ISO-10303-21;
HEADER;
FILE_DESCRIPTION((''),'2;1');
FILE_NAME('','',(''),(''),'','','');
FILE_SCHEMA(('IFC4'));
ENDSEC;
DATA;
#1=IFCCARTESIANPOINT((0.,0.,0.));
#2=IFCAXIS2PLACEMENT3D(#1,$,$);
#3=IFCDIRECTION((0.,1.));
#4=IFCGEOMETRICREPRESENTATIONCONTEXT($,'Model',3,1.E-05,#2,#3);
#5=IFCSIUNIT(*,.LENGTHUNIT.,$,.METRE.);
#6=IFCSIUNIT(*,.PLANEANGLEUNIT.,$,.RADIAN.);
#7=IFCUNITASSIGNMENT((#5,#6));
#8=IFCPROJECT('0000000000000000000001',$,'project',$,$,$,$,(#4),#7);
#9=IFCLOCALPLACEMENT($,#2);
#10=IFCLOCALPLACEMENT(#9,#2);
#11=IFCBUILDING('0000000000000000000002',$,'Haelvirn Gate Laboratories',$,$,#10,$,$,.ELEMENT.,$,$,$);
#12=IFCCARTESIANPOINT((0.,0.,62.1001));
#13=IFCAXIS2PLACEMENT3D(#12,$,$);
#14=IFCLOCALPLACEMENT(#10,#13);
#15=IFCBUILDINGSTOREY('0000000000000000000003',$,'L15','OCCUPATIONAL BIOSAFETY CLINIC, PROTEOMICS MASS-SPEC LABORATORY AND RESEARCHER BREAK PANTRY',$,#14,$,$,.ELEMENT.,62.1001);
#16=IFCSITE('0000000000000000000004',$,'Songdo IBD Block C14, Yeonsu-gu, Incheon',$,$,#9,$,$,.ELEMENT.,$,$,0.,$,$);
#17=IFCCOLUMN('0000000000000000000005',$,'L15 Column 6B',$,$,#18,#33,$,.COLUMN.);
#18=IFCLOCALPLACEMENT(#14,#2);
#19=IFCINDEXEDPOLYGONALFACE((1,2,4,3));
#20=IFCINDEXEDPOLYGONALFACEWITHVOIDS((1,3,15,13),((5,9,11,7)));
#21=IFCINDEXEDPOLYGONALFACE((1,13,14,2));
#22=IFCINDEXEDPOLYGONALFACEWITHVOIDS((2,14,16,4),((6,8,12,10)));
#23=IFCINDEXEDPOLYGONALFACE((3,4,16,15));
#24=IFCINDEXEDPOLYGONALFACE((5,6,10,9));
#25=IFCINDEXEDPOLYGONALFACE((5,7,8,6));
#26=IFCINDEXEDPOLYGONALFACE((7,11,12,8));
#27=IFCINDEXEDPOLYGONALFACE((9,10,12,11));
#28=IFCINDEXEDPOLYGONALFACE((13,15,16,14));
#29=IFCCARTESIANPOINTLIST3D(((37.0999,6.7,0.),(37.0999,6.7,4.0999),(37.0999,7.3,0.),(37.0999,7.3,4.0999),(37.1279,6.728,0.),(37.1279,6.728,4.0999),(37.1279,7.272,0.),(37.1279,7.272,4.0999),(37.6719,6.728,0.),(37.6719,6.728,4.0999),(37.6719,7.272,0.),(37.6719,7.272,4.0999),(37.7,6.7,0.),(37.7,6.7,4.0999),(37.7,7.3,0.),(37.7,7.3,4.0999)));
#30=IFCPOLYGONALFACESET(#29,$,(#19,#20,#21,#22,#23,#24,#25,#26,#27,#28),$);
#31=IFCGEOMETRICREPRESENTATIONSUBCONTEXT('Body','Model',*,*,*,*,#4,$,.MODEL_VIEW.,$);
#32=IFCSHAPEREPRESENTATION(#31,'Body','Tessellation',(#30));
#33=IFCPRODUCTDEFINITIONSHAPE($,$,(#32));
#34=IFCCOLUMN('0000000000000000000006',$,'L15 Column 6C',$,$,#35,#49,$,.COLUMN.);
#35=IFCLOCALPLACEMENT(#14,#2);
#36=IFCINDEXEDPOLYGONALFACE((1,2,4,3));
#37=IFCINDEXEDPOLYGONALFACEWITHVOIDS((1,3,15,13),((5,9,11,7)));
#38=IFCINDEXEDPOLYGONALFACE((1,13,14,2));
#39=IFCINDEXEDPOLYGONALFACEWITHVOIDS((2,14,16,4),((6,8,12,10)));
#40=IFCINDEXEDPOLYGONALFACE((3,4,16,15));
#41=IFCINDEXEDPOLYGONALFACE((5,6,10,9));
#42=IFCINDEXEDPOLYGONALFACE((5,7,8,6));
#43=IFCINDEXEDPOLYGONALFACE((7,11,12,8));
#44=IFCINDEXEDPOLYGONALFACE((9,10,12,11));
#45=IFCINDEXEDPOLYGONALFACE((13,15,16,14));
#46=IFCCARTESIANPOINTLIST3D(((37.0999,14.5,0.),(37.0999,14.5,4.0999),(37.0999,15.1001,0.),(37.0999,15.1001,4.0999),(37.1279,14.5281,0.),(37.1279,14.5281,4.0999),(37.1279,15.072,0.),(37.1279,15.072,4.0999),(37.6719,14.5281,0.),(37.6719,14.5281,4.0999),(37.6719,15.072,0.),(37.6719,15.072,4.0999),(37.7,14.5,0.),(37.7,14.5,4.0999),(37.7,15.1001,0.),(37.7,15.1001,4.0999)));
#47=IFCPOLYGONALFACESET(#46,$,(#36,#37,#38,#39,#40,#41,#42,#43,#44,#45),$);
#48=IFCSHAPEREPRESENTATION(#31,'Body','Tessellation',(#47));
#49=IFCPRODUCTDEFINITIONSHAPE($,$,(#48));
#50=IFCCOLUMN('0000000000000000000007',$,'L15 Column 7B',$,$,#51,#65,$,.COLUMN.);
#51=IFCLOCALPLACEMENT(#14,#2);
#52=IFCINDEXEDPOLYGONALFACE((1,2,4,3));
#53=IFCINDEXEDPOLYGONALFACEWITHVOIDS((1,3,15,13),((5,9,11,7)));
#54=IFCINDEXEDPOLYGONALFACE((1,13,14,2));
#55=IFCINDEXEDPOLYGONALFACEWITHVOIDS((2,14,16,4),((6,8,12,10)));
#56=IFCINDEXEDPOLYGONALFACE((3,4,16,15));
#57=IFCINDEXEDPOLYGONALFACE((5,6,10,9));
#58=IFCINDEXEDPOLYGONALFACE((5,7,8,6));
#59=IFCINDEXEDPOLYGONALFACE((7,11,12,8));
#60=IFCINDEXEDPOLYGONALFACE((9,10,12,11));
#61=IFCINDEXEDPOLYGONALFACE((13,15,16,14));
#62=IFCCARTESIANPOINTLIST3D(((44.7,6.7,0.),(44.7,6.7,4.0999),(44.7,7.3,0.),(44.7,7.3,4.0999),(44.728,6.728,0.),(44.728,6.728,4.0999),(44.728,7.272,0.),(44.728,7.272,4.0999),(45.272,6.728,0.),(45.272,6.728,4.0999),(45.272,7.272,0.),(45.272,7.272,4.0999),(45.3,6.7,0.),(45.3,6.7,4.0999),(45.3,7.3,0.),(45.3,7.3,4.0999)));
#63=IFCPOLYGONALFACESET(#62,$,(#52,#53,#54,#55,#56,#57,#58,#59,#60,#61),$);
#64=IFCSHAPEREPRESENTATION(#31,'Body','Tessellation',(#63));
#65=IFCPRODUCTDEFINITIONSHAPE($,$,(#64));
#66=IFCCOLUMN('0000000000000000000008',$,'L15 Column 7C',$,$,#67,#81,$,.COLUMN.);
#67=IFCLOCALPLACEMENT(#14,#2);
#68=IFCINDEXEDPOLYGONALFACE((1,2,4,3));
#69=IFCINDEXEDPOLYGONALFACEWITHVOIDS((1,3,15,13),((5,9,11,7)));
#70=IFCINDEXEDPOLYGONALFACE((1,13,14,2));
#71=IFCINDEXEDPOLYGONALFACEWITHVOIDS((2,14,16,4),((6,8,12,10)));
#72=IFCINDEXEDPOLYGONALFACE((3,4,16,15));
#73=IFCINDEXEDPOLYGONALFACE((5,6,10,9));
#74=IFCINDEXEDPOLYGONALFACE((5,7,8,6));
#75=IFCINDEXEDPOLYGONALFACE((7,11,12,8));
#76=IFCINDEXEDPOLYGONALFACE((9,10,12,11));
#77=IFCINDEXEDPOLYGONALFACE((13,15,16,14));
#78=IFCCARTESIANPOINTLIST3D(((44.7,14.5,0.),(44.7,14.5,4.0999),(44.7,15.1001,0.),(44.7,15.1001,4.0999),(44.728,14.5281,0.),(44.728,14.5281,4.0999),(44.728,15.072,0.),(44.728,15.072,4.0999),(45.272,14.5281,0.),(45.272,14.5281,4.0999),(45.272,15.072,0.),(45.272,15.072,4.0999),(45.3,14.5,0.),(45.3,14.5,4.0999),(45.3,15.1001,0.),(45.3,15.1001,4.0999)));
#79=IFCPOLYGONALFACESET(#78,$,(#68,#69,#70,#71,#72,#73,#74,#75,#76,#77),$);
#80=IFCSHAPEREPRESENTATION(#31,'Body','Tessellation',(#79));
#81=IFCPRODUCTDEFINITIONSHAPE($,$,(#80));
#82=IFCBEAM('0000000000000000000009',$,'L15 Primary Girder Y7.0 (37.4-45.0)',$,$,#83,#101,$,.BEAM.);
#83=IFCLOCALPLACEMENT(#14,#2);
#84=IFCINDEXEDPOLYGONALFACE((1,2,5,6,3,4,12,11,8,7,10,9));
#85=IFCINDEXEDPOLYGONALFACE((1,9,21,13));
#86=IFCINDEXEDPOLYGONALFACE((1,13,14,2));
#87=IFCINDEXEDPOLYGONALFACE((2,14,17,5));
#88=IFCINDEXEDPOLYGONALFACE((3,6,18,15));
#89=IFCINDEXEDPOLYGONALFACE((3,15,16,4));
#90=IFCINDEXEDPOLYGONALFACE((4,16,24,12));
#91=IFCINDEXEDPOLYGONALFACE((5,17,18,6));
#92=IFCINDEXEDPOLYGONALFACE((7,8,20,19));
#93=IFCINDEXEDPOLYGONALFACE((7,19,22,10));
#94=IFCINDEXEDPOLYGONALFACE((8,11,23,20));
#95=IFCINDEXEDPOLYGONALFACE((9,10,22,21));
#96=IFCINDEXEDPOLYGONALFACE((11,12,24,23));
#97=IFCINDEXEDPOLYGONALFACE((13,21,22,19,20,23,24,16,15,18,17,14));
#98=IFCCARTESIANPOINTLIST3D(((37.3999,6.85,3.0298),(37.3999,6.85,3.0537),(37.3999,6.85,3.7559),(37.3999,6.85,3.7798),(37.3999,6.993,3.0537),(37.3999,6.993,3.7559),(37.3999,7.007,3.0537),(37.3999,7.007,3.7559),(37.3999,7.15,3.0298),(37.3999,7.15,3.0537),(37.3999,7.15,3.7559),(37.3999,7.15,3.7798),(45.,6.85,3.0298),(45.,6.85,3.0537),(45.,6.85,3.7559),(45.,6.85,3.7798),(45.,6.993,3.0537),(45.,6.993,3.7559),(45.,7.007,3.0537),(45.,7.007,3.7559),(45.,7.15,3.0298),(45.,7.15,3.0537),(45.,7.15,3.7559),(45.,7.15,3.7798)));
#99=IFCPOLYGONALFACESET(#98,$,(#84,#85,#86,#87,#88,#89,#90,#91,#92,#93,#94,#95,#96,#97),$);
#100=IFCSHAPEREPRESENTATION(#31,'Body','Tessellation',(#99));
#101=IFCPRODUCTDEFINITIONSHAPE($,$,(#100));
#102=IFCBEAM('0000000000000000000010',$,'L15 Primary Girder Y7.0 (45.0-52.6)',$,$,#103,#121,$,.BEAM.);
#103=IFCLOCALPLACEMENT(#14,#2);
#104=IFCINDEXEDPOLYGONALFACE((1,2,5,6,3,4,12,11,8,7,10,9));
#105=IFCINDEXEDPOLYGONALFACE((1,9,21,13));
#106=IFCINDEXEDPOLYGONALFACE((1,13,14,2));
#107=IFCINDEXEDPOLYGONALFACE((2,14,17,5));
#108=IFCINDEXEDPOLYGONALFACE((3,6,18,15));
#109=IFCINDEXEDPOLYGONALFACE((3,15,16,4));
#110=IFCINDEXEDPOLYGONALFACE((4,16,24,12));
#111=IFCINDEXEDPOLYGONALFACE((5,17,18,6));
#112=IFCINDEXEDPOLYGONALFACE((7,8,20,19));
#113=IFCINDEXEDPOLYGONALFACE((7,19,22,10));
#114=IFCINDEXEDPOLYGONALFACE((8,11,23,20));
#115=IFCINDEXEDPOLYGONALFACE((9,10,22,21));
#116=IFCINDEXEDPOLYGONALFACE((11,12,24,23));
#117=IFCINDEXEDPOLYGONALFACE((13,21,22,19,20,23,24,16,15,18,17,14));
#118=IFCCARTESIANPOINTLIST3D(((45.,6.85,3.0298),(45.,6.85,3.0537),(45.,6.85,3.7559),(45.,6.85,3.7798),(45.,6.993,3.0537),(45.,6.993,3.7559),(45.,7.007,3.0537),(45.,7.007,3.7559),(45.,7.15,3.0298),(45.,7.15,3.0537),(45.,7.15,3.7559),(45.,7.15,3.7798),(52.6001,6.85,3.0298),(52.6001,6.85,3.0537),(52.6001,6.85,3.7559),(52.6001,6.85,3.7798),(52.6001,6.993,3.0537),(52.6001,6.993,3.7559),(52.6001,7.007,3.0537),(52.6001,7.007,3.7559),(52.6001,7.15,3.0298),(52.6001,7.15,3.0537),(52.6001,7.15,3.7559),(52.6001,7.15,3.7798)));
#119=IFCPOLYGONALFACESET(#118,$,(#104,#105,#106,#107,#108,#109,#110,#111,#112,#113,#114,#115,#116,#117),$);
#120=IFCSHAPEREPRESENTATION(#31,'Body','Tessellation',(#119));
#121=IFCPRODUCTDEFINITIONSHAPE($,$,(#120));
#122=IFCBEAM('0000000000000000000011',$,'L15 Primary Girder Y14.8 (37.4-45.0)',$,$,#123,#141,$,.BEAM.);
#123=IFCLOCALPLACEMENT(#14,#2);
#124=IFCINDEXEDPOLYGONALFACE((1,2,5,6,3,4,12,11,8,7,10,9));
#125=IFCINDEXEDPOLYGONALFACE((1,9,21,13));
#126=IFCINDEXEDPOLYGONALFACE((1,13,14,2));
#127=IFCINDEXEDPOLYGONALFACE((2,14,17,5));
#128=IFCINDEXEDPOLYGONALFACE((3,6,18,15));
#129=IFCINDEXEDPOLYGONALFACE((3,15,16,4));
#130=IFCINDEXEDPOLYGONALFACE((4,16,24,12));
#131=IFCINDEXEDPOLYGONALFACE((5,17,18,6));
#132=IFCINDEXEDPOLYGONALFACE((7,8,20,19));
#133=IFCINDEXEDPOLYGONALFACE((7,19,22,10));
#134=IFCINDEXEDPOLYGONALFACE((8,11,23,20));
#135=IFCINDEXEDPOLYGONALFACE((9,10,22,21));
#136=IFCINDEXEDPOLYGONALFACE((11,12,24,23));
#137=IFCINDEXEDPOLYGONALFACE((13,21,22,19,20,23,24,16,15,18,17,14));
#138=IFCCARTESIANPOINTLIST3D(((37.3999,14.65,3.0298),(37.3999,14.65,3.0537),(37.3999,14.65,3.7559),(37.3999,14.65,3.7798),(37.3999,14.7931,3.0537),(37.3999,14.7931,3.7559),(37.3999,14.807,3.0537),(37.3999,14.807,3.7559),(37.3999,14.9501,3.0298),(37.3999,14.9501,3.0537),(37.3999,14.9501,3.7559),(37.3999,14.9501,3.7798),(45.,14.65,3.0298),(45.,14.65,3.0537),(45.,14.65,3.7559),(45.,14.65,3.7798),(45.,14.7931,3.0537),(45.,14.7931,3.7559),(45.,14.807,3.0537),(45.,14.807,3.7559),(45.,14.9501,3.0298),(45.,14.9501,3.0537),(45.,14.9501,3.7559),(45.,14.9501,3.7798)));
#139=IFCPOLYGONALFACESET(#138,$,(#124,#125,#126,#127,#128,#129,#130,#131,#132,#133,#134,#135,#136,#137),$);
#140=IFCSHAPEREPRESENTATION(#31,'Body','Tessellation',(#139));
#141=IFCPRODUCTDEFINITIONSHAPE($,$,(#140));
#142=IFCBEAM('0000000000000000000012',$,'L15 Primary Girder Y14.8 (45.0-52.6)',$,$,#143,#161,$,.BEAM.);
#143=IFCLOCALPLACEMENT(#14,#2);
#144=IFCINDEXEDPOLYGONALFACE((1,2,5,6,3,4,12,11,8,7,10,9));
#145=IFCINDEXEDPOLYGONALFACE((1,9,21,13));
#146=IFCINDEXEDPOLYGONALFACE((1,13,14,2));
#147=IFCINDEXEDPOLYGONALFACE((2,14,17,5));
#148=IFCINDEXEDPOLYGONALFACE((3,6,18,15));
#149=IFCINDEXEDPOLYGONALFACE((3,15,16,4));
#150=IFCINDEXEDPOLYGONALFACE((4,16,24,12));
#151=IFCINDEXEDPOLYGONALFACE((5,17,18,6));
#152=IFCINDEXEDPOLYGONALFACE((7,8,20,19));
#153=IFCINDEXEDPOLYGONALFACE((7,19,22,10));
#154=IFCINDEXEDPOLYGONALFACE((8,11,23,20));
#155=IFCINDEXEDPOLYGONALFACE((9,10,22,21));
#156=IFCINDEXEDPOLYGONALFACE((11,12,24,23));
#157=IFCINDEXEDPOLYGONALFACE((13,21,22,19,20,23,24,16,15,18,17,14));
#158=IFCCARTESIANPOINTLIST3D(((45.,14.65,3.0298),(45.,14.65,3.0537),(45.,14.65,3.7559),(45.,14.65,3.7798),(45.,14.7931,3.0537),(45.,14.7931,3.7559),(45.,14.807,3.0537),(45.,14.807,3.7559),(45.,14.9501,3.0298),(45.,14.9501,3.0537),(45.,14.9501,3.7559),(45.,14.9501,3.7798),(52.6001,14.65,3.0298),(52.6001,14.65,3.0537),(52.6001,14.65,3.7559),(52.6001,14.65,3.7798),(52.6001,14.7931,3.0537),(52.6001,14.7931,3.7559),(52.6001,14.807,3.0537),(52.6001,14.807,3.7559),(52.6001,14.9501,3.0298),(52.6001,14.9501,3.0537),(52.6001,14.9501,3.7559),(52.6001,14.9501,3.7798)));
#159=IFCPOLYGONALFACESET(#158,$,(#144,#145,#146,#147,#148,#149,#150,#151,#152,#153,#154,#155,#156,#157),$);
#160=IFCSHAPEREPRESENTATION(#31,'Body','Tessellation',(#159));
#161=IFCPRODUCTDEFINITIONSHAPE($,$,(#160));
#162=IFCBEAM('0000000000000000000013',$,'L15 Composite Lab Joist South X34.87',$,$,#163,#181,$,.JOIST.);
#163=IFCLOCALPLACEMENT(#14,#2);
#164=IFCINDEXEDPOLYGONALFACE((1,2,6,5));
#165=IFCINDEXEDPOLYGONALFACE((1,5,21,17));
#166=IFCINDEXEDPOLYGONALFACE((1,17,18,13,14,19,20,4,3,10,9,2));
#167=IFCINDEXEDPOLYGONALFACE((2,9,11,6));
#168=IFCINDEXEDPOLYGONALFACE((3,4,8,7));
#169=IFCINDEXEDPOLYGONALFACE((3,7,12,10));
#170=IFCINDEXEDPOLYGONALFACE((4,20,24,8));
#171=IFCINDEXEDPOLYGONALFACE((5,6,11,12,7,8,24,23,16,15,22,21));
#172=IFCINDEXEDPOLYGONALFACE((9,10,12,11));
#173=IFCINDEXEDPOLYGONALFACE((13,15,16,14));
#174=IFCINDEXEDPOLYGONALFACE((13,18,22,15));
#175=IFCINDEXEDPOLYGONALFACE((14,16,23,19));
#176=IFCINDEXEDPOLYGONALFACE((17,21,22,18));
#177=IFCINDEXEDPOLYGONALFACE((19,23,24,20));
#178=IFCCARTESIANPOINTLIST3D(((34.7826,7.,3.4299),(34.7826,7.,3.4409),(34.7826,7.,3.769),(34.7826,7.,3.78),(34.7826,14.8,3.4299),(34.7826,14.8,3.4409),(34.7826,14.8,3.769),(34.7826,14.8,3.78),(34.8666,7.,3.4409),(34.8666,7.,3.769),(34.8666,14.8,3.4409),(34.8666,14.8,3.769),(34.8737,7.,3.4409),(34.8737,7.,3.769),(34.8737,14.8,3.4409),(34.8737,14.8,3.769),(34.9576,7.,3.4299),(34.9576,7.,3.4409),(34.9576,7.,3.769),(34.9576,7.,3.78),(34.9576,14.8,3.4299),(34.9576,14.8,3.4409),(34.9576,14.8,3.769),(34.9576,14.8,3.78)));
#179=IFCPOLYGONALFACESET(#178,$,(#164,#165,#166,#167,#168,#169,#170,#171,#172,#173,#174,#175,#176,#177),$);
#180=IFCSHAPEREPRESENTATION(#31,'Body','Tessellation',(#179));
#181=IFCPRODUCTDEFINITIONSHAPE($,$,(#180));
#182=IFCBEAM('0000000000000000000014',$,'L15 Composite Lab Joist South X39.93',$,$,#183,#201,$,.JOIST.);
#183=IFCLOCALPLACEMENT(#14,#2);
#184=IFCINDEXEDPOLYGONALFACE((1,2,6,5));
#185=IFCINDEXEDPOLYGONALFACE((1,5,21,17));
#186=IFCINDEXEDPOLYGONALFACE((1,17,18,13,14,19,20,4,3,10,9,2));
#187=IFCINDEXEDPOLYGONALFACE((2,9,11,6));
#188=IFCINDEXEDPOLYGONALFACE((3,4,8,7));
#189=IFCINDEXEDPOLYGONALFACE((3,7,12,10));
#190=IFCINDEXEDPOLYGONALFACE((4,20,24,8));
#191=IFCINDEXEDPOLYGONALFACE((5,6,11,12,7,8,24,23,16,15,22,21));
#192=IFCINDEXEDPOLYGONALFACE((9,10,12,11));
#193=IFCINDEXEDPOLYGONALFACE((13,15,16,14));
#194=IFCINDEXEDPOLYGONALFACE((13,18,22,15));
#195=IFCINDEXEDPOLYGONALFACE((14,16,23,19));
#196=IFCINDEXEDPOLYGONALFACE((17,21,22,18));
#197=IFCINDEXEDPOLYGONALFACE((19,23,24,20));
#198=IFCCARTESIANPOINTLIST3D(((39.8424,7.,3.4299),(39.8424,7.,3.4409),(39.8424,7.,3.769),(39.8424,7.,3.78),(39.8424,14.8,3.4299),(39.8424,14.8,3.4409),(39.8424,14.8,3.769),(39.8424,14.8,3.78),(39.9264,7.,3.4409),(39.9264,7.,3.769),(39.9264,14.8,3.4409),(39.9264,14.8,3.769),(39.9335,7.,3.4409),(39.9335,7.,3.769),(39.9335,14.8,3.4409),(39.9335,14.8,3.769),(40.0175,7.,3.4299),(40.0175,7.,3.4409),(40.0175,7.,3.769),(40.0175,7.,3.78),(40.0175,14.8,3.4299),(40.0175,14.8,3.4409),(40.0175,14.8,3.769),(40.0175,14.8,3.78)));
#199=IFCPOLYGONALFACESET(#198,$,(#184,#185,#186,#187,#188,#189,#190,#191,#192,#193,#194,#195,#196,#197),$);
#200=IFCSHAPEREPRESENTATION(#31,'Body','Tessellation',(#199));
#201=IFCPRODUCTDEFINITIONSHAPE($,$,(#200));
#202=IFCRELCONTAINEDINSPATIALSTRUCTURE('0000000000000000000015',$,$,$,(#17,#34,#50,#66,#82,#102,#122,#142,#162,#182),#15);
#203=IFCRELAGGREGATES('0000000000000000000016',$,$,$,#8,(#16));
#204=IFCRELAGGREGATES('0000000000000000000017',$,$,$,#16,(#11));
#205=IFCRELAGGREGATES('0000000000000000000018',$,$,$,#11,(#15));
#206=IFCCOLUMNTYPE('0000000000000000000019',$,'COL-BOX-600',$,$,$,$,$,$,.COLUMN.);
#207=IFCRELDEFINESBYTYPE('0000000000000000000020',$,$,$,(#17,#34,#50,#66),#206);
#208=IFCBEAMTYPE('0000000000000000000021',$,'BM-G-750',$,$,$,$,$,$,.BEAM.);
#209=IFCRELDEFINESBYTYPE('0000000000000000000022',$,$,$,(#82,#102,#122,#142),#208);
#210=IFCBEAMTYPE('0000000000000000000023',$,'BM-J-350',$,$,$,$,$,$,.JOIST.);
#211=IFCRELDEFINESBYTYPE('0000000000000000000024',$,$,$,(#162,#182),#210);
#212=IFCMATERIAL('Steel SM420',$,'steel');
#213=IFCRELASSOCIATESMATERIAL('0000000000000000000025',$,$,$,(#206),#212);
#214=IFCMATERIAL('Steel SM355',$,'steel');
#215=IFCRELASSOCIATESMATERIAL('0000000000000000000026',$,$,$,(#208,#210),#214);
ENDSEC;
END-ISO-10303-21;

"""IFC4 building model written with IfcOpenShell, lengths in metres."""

from ifc_helpers import new_model, si_unit, direction, frame, origin, origin_2d, place, context, subcontext, project, spatial, hollow_rectangle, i_section, extrude, source, transform, mapped, material, material_profile, profile_set, type_object, type_shapes, element, save


model = new_model("IFC4")

# Units and contexts
model_context = context("Model", 3, precision=1e-05, world=origin(), true_north=direction((0.0, 1.0)))
body_context = subcontext(model_context, "Body", "Model", "MODEL_VIEW")
ifc_project = project(units=[si_unit("LENGTHUNIT", "METRE"), si_unit("PLANEANGLEUNIT", "RADIAN")], contexts=[model_context])

# Site, building, storey
site_placement = place(None, origin())
site = spatial("IfcSite", under=ifc_project, at=site_placement, Name="Songdo IBD Block C14, Yeonsu-gu, Incheon", CompositionType="ELEMENT", RefElevation=0.0)
building_placement = place(site_placement, origin())
building = spatial("IfcBuilding", under=site, at=building_placement, Name="Haelvirn Gate Laboratories", CompositionType="ELEMENT")
storey_placement = place(building_placement, frame((0.0, 0.0, 62.1001)))
storey = spatial("IfcBuildingStorey", under=building, at=storey_placement, Name="L15", Description="OCCUPATIONAL BIOSAFETY CLINIC, PROTEOMICS MASS-SPEC LABORATORY AND RESEARCHER BREAK PANTRY", CompositionType="ELEMENT", Elevation=62.1001)

# Columns
ifc_material_1 = material(Name="Steel SM420", Category="steel")
ifc_material_profile_1 = material_profile(ifc_material_1, hollow_rectangle(XDim=0.6001, YDim=0.6001, WallThickness=0.0281, at=origin_2d()), Name="BOX-600x600x28")
ifc_profile_set_1 = profile_set([ifc_material_profile_1], Name="Steel SM420")
column_type = type_object("IfcColumnType", Name="COL-BOX-600", PredefinedType="COLUMN", material=ifc_profile_set_1)
shared_shape_1 = source(origin(), body_context, "Body", "SweptSolid", [
    extrude(hollow_rectangle(XDim=0.6001, YDim=0.6001, WallThickness=0.0281, at=origin_2d()), origin(), (0.0, 0.0, 1.0), 4.0999),
])
type_shapes(column_type, [shared_shape_1])
for number, where, z_axis, x_axis, name in (
    (1, (37.3999, 7.0, 0.0), (0.0, 0.0, 1.0), (1.0, 0.0, 0.0), "L15 Column 6B"),
    (2, (37.3999, 14.8, 0.0), (0.0, 0.0, 1.0), (1.0, 0.0, 0.0), "L15 Column 6C"),
    (3, (45.0, 7.0, 0.0), (0.0, 0.0, 1.0), (1.0, 0.0, 0.0), "L15 Column 7B"),
    (4, (45.0, 14.8, 0.0), (0.0, 0.0, 1.0), (1.0, 0.0, 0.0), "L15 Column 7C"),
):
    element("IfcColumn", number, at=place(storey_placement, frame(where, z_axis=z_axis, x_axis=x_axis)), inside=storey, type_object=column_type, Name=name, PredefinedType="COLUMN", context=body_context, shape_type="MappedRepresentation", body=[
        mapped(shared_shape_1, transform((0.0, 0.0, 0.0), scale=1.0)),
    ])

# Beams
ifc_material_2 = material(Name="Steel SM355", Category="steel")
ifc_material_profile_2 = material_profile(ifc_material_2, i_section(OverallWidth=0.3, OverallDepth=0.75, WebThickness=0.0139, FlangeThickness=0.0239, at=origin_2d()), Name="H-750x300x14x24")
ifc_profile_set_2 = profile_set([ifc_material_profile_2], Name="Steel SM355")
beam_type_1 = type_object("IfcBeamType", Name="BM-G-750", PredefinedType="BEAM", material=ifc_profile_set_2)
shared_shape_2 = source(origin(), body_context, "Body", "SweptSolid", [
    extrude(i_section(OverallWidth=0.3, OverallDepth=0.75, WebThickness=0.0139, FlangeThickness=0.0239, at=origin_2d()), origin(), (0.0, 0.0, 1.0), 7.6001),
])
type_shapes(beam_type_1, [shared_shape_2])
for number, where, z_axis, x_axis, name in (
    (5, (37.3999, 7.0, 3.4048), (1.0, 0.0, 0.0), (0.0, 1.0, 0.0), "L15 Primary Girder Y7.0 (37.4-45.0)"),
    (6, (45.0, 7.0, 3.4048), (1.0, 0.0, 0.0), (0.0, 1.0, 0.0), "L15 Primary Girder Y7.0 (45.0-52.6)"),
    (7, (37.3999, 14.8, 3.4048), (1.0, 0.0, 0.0), (0.0, 1.0, 0.0), "L15 Primary Girder Y14.8 (37.4-45.0)"),
    (8, (45.0, 14.8, 3.4048), (1.0, 0.0, 0.0), (0.0, 1.0, 0.0), "L15 Primary Girder Y14.8 (45.0-52.6)"),
):
    element("IfcBeam", number, at=place(storey_placement, frame(where, z_axis=z_axis, x_axis=x_axis)), inside=storey, type_object=beam_type_1, Name=name, PredefinedType="BEAM", context=body_context, shape_type="MappedRepresentation", body=[
        mapped(shared_shape_2, transform((0.0, 0.0, 0.0), scale=1.0)),
    ])
ifc_material_profile_3 = material_profile(ifc_material_2, i_section(OverallWidth=0.175, OverallDepth=0.3501, WebThickness=0.0071, FlangeThickness=0.011, at=origin_2d()), Name="H-350x175x7x11")
ifc_profile_set_3 = profile_set([ifc_material_profile_3], Name="Steel SM355")
beam_type_2 = type_object("IfcBeamType", Name="BM-J-350", PredefinedType="JOIST", material=ifc_profile_set_3)
shared_shape_3 = source(origin(), body_context, "Body", "SweptSolid", [
    extrude(i_section(OverallWidth=0.175, OverallDepth=0.3501, WebThickness=0.0071, FlangeThickness=0.011, at=origin_2d()), origin(), (0.0, 0.0, 1.0), 7.8),
])
type_shapes(beam_type_2, [shared_shape_3])
for number, where, z_axis, x_axis, name in (
    (9, (34.8701, 7.0, 3.605), (0.0, 1.0, 0.0), (-1.0, 0.0, 0.0), "L15 Composite Lab Joist South X34.87"),
    (10, (39.9299, 7.0, 3.605), (0.0, 1.0, 0.0), (-1.0, 0.0, 0.0), "L15 Composite Lab Joist South X39.93"),
):
    element("IfcBeam", number, at=place(storey_placement, frame(where, z_axis=z_axis, x_axis=x_axis)), inside=storey, type_object=beam_type_2, Name=name, PredefinedType="JOIST", context=body_context, shape_type="MappedRepresentation", body=[
        mapped(shared_shape_3, transform((0.0, 0.0, 0.0), scale=1.0)),
    ])

save(model, "model.ifc")
